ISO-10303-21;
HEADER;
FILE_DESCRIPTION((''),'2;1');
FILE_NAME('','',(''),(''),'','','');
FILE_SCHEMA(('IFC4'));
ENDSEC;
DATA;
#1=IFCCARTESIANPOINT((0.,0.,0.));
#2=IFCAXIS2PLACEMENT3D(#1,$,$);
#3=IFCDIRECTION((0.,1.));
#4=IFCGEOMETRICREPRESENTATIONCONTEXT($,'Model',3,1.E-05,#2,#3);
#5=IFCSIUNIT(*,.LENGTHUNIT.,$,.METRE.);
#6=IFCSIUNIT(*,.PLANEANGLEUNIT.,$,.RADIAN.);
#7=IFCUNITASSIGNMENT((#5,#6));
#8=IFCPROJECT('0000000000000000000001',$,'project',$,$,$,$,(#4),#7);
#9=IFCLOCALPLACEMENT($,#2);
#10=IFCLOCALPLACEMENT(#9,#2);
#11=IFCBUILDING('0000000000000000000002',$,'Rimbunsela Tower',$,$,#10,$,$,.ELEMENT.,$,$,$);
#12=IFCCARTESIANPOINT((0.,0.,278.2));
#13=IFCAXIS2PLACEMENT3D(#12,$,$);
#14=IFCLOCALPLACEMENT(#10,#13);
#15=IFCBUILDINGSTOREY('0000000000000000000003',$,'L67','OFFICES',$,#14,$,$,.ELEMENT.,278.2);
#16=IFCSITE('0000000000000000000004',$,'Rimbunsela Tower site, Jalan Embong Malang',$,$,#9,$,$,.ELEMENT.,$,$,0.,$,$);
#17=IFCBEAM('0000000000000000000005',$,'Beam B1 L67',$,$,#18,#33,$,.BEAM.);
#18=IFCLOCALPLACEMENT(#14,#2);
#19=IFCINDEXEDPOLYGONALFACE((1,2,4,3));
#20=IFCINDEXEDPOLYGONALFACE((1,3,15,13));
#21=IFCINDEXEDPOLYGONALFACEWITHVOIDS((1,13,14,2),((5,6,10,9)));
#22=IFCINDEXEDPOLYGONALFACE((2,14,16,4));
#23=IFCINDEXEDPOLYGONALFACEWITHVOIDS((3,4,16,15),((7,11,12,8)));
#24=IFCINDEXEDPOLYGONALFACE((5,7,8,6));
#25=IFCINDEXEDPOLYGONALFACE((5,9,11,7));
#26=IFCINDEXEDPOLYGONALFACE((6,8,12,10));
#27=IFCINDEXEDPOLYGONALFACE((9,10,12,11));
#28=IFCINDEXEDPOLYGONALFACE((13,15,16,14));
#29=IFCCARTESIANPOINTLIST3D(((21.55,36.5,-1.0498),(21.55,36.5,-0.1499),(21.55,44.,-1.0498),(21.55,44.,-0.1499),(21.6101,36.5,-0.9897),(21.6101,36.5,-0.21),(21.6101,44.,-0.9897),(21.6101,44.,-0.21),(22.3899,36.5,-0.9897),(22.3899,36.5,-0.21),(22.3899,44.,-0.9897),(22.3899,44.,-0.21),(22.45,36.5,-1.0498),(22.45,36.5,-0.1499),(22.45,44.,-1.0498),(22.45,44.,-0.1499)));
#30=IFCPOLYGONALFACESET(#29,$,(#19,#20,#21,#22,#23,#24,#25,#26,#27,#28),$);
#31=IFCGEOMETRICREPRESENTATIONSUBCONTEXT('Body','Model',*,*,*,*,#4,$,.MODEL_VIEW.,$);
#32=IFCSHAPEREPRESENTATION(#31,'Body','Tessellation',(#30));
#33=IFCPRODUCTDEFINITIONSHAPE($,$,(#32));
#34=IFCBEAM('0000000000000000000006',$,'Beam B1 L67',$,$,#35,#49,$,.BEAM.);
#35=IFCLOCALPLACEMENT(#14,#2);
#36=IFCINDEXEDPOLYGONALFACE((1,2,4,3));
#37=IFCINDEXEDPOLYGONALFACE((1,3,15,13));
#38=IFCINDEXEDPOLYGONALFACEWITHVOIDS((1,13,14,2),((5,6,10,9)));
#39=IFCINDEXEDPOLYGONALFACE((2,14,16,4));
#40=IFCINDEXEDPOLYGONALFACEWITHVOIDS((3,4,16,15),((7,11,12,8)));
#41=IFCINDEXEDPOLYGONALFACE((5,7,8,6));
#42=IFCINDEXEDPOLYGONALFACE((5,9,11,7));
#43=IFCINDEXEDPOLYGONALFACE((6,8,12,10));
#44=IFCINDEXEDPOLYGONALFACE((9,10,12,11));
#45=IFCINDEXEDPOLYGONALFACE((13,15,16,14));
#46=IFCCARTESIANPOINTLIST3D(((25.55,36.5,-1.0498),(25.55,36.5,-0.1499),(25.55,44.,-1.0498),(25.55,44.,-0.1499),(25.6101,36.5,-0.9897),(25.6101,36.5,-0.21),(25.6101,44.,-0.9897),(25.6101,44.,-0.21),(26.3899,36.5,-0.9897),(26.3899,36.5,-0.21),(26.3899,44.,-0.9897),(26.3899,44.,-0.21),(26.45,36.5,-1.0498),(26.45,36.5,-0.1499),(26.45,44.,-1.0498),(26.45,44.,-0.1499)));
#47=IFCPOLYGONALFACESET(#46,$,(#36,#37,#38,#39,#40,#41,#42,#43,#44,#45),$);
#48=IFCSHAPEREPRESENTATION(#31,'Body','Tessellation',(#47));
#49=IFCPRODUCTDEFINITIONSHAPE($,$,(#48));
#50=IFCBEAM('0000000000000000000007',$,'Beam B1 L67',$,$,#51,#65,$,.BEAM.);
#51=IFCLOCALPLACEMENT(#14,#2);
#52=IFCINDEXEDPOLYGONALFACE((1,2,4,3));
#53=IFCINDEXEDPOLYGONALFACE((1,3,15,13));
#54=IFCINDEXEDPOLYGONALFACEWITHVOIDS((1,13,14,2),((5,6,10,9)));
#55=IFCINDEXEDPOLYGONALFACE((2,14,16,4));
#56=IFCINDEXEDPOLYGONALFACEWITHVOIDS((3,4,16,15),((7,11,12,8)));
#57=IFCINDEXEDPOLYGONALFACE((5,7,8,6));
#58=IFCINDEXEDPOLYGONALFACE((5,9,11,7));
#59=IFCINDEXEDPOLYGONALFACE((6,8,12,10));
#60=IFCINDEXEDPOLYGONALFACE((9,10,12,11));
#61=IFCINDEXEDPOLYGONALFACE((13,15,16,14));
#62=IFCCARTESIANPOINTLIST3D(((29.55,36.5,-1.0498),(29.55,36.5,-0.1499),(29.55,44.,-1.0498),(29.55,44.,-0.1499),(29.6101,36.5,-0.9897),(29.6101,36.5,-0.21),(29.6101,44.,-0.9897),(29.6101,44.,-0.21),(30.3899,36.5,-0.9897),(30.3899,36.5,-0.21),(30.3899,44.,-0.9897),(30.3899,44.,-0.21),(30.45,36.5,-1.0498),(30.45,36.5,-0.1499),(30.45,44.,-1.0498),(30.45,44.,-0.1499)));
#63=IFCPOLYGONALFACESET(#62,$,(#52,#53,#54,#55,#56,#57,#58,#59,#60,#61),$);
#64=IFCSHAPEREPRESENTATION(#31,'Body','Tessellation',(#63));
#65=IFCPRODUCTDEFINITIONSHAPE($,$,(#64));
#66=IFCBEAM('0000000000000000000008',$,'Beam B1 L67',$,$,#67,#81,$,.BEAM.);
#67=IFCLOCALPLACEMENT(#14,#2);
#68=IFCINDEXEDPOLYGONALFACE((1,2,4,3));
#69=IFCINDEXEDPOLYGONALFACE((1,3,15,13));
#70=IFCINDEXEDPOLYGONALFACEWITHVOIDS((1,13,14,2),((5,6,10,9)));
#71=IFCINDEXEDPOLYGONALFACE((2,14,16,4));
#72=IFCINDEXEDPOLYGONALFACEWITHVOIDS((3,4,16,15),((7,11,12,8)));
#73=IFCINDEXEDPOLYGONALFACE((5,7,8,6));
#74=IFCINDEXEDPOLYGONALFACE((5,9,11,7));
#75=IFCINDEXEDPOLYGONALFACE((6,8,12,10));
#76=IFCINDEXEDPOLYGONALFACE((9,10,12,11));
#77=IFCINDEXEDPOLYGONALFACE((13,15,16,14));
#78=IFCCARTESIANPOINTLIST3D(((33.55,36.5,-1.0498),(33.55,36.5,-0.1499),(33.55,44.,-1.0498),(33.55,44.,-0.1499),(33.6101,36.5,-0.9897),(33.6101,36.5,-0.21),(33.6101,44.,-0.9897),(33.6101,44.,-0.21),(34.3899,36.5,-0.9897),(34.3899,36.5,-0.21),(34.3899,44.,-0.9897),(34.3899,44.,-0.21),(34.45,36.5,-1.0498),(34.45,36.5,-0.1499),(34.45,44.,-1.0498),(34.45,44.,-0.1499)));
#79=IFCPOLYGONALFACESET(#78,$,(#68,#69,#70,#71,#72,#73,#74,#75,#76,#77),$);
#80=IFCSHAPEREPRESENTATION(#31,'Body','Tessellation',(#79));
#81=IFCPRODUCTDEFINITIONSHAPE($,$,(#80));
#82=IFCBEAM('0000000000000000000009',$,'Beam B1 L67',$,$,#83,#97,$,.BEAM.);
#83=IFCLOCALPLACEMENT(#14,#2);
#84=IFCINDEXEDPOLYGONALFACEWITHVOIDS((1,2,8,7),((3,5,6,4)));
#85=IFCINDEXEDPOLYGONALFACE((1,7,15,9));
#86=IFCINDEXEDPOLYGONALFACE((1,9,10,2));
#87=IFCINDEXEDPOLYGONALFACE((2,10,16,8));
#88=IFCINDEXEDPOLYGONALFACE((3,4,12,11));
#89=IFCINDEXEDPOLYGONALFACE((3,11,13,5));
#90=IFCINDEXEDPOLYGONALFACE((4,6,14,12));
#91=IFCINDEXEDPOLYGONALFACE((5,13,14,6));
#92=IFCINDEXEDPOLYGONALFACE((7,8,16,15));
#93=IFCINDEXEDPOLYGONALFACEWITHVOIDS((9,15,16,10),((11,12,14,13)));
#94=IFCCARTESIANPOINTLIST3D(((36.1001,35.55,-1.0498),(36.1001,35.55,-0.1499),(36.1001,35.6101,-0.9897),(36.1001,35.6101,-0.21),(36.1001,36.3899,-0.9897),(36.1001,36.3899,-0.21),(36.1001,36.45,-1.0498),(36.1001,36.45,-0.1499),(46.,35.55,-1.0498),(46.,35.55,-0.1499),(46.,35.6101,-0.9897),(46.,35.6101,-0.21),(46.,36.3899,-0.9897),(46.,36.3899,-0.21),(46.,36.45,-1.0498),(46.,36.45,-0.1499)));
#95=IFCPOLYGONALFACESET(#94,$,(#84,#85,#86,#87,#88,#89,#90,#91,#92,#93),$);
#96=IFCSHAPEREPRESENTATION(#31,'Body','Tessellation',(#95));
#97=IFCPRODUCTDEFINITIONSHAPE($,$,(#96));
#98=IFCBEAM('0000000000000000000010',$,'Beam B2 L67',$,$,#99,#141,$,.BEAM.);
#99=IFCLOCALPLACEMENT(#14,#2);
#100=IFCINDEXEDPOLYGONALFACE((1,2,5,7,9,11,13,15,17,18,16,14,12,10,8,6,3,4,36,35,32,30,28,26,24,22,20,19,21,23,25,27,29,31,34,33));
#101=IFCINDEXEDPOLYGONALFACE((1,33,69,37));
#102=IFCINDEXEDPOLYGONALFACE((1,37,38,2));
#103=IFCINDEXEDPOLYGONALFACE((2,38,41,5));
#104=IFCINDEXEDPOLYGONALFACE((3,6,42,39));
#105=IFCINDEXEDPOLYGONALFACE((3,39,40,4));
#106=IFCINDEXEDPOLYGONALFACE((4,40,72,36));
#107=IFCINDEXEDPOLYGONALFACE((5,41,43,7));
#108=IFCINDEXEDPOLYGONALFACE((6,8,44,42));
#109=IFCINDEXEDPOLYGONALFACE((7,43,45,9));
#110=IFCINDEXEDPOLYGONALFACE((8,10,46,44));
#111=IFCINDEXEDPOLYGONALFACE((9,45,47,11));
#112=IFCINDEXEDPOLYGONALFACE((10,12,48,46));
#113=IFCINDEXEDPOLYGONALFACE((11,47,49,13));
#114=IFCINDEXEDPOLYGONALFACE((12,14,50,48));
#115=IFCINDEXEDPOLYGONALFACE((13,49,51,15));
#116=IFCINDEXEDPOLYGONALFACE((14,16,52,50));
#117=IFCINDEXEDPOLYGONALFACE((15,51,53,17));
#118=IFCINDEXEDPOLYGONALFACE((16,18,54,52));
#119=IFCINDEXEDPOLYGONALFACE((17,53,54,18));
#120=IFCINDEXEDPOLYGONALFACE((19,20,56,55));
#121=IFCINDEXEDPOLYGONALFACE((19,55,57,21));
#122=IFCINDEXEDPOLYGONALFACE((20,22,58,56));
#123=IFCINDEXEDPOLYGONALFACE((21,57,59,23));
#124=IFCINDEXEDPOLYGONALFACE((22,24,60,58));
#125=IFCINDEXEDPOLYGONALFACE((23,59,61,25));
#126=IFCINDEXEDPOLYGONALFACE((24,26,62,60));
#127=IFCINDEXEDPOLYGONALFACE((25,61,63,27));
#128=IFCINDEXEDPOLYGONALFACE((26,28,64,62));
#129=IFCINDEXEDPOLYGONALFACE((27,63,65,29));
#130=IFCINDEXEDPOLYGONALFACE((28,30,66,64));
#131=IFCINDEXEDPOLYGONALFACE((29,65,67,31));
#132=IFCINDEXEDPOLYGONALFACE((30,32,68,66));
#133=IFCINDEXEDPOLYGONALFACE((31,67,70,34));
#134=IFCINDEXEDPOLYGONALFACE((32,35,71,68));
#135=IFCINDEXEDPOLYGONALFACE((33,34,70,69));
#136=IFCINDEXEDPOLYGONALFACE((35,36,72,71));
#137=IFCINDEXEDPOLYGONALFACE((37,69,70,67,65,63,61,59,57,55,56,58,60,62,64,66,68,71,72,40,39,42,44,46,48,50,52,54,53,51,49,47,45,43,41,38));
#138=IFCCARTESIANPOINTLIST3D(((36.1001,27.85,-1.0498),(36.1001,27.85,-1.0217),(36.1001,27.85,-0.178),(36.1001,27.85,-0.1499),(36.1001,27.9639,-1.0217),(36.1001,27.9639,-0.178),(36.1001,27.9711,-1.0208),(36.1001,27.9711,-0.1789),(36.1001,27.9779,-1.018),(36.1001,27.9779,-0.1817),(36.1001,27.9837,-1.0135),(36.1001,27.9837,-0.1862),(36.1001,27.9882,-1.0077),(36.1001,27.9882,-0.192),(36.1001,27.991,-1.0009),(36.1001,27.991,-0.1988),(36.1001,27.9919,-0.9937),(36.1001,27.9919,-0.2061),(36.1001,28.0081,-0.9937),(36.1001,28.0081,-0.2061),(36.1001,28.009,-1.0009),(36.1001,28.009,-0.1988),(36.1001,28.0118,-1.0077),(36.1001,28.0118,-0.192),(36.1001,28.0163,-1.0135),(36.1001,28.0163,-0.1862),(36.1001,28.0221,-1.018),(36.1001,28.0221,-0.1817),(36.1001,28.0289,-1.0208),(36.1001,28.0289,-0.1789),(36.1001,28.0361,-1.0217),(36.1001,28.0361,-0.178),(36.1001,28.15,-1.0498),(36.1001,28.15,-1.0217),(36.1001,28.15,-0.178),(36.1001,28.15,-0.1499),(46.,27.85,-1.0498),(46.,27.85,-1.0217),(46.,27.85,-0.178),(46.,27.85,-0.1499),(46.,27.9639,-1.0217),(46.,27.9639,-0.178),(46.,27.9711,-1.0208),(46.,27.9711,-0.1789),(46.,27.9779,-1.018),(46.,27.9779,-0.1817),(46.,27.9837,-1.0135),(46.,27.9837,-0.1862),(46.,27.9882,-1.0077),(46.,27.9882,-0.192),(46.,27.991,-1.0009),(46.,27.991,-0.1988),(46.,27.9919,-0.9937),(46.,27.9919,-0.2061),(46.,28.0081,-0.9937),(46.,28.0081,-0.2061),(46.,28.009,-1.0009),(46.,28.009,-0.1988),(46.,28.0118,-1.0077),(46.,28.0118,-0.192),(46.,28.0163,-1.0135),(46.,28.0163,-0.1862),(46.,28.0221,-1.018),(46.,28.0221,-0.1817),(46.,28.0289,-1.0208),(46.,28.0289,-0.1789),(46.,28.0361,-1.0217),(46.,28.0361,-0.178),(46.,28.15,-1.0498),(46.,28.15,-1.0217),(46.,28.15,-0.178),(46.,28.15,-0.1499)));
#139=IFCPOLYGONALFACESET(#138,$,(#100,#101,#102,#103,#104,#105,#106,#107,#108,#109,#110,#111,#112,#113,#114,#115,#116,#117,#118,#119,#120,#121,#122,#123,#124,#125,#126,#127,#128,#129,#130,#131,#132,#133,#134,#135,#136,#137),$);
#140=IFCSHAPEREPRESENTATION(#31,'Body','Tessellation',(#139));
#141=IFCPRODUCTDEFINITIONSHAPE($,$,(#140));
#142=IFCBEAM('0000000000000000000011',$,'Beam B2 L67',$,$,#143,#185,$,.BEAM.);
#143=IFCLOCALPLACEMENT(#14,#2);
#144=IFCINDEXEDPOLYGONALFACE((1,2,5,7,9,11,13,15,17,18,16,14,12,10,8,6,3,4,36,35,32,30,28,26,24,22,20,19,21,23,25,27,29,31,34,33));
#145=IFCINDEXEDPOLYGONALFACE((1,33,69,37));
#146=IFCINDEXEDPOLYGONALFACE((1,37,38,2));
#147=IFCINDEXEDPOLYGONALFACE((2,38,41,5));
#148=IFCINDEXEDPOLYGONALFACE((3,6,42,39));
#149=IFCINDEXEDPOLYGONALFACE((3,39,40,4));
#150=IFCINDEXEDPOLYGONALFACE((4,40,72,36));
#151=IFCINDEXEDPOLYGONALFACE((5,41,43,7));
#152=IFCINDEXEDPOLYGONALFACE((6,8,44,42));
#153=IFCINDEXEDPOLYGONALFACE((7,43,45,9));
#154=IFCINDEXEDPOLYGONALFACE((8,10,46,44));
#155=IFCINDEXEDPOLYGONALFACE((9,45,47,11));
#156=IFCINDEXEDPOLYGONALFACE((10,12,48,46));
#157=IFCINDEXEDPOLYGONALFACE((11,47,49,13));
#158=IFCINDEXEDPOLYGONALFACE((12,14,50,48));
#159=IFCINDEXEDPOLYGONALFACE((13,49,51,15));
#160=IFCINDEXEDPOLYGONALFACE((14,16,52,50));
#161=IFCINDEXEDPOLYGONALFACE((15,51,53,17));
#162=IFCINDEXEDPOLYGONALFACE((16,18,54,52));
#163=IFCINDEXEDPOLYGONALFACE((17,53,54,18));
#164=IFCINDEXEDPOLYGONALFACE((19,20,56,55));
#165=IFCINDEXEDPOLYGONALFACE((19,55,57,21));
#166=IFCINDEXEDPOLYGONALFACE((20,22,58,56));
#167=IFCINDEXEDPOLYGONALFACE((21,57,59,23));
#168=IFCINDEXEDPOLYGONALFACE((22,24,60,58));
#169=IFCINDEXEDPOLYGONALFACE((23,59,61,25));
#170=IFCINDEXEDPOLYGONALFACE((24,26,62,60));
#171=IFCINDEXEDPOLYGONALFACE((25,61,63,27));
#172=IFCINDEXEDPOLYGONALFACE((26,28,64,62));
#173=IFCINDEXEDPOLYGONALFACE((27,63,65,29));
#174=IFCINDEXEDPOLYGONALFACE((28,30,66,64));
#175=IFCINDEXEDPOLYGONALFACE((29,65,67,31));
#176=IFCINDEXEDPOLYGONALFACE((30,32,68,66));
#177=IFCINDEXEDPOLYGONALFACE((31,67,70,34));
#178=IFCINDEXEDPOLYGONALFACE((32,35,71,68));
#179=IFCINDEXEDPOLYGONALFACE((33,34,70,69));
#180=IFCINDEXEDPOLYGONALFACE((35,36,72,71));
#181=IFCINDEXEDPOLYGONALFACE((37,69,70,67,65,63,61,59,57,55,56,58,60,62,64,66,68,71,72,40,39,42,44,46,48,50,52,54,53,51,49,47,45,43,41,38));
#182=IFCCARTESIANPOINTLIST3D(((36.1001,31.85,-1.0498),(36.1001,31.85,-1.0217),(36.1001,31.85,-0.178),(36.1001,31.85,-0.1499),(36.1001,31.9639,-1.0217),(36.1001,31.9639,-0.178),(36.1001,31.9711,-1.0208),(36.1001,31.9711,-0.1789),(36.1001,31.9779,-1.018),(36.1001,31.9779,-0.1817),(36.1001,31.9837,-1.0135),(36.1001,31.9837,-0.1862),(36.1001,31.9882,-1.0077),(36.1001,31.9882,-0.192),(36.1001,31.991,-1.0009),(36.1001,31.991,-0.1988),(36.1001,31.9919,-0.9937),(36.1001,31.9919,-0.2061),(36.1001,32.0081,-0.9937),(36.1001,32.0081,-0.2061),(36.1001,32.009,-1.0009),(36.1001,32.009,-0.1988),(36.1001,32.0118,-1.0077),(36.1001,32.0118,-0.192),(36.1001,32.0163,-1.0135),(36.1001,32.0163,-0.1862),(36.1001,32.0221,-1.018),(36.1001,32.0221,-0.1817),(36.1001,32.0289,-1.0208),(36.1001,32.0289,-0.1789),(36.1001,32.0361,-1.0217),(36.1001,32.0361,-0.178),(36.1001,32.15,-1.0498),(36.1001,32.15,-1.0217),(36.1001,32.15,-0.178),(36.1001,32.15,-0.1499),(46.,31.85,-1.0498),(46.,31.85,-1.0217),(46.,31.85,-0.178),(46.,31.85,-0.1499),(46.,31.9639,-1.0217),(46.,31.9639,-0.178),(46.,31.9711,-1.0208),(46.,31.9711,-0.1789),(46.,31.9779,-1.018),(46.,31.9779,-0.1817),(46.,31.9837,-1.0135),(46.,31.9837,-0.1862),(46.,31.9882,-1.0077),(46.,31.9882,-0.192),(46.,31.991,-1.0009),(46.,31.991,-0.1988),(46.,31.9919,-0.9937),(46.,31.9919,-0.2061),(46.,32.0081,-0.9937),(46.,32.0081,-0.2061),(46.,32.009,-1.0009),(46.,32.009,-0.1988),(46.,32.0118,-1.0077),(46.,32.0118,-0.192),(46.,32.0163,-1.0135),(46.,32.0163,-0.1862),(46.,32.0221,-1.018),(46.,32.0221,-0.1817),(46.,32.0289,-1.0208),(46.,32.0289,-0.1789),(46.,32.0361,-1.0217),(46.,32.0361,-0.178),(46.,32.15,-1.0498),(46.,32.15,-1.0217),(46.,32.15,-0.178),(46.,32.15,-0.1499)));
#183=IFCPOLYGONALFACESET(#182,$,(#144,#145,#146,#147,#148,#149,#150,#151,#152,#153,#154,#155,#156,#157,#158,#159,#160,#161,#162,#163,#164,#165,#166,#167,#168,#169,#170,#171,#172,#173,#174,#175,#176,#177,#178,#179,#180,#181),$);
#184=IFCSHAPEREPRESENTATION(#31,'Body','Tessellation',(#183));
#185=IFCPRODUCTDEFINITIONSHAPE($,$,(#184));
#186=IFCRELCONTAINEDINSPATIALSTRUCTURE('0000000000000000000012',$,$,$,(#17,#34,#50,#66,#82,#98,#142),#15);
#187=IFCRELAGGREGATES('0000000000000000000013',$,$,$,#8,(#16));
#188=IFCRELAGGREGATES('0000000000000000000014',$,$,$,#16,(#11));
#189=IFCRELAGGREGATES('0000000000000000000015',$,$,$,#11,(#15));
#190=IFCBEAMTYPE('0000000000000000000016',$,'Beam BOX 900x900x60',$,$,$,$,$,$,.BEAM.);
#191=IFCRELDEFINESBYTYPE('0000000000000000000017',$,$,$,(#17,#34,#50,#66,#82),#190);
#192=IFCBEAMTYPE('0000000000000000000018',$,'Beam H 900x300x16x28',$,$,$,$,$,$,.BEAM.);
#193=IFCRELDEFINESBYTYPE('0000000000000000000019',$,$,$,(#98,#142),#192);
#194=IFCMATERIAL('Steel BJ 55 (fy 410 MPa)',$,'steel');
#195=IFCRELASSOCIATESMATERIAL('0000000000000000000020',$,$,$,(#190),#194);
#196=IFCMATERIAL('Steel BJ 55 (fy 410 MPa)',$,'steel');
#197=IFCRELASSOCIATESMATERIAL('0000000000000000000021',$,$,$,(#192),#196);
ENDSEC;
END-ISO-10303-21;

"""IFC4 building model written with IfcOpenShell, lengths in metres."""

from ifc_helpers import new_model, si_unit, direction, frame, origin, origin_2d, place, context, subcontext, project, spatial, hollow_rectangle, i_section, extrude, material, material_profile, profile_set, type_object, element, save


model = new_model("IFC4")

# Units and contexts
model_context = context("Model", 3, precision=1e-05, world=origin(), true_north=direction((0.0, 1.0)))
body_context = subcontext(model_context, "Body", "Model", "MODEL_VIEW")
ifc_project = project(units=[si_unit("LENGTHUNIT", "METRE"), si_unit("PLANEANGLEUNIT", "RADIAN")], contexts=[model_context])

# Site, building, storey
site_placement = place(None, origin())
site = spatial("IfcSite", under=ifc_project, at=site_placement, Name="Rimbunsela Tower site, Jalan Embong Malang", CompositionType="ELEMENT", RefElevation=0.0)
building_placement = place(site_placement, origin())
building = spatial("IfcBuilding", under=site, at=building_placement, Name="Rimbunsela Tower", CompositionType="ELEMENT")
storey_placement = place(building_placement, frame((0.0, 0.0, 278.2)))
storey = spatial("IfcBuildingStorey", under=building, at=storey_placement, Name="L67", Description="OFFICES", CompositionType="ELEMENT", Elevation=278.2)

# Beams
ifc_material_1 = material(Name="Steel BJ 55 (fy 410 MPa)", Category="steel")
ifc_material_profile_1 = material_profile(ifc_material_1, hollow_rectangle(XDim=0.8999, YDim=0.8999, WallThickness=0.0601, at=origin_2d()), Name="BOX 900x900x60")
ifc_profile_set_1 = profile_set([ifc_material_profile_1], Name="Steel BJ 55 (fy 410 MPa)")
beam_type_1 = type_object("IfcBeamType", Name="Beam BOX 900x900x60", PredefinedType="BEAM", material=ifc_profile_set_1)
for number, where, z_axis, x_axis, name in (
    (1, (22.0, 36.5, -0.5999), (0.0, 1.0, 0.0), (-1.0, 0.0, 0.0), "Beam B1 L67"),
    (2, (26.0, 36.5, -0.5999), (0.0, 1.0, 0.0), (-1.0, 0.0, 0.0), "Beam B1 L67"),
    (3, (30.0, 36.5, -0.5999), (0.0, 1.0, 0.0), (-1.0, 0.0, 0.0), "Beam B1 L67"),
    (4, (34.0, 36.5, -0.5999), (0.0, 1.0, 0.0), (-1.0, 0.0, 0.0), "Beam B1 L67"),
):
    element("IfcBeam", number, at=place(storey_placement, frame(where, z_axis=z_axis, x_axis=x_axis)), inside=storey, type_object=beam_type_1, Name=name, PredefinedType="BEAM", context=body_context, shape_type="SweptSolid", body=[
        extrude(hollow_rectangle(XDim=0.8999, YDim=0.8999, WallThickness=0.0601, at=origin_2d()), origin(), (0.0, 0.0, 1.0), 7.5),
    ])
beam_placement = place(storey_placement, frame((36.1001, 36.0, -0.5999), z_axis=(1.0, 0.0, 0.0), x_axis=(0.0, 1.0, 0.0)))
element("IfcBeam", 5, at=beam_placement, inside=storey, type_object=beam_type_1, Name="Beam B1 L67", PredefinedType="BEAM", context=body_context, shape_type="SweptSolid", body=[
    extrude(hollow_rectangle(XDim=0.8999, YDim=0.8999, WallThickness=0.0601, at=origin_2d()), origin(), (0.0, 0.0, 1.0), 9.8999),
])
ifc_material_2 = material(Name="Steel BJ 55 (fy 410 MPa)", Category="steel")
ifc_material_profile_2 = material_profile(ifc_material_2, i_section(OverallWidth=0.3, OverallDepth=0.8999, WebThickness=0.0161, FlangeThickness=0.0281, FilletRadius=0.0281, at=origin_2d()), Name="H 900x300x16x28")
ifc_profile_set_2 = profile_set([ifc_material_profile_2], Name="Steel BJ 55 (fy 410 MPa)")
beam_type_2 = type_object("IfcBeamType", Name="Beam H 900x300x16x28", PredefinedType="BEAM", material=ifc_profile_set_2)
for number, where, z_axis, x_axis, name in (
    (6, (36.1001, 28.0, -0.5999), (1.0, 0.0, 0.0), (0.0, 1.0, 0.0), "Beam B2 L67"),
    (7, (36.1001, 32.0, -0.5999), (1.0, 0.0, 0.0), (0.0, 1.0, 0.0), "Beam B2 L67"),
):
    element("IfcBeam", number, at=place(storey_placement, frame(where, z_axis=z_axis, x_axis=x_axis)), inside=storey, type_object=beam_type_2, Name=name, PredefinedType="BEAM", context=body_context, shape_type="SweptSolid", body=[
        extrude(i_section(OverallWidth=0.3, OverallDepth=0.8999, WebThickness=0.0161, FlangeThickness=0.0281, FilletRadius=0.0281, at=origin_2d()), origin(), (0.0, 0.0, 1.0), 9.8999),
    ])

save(model, "model.ifc")
